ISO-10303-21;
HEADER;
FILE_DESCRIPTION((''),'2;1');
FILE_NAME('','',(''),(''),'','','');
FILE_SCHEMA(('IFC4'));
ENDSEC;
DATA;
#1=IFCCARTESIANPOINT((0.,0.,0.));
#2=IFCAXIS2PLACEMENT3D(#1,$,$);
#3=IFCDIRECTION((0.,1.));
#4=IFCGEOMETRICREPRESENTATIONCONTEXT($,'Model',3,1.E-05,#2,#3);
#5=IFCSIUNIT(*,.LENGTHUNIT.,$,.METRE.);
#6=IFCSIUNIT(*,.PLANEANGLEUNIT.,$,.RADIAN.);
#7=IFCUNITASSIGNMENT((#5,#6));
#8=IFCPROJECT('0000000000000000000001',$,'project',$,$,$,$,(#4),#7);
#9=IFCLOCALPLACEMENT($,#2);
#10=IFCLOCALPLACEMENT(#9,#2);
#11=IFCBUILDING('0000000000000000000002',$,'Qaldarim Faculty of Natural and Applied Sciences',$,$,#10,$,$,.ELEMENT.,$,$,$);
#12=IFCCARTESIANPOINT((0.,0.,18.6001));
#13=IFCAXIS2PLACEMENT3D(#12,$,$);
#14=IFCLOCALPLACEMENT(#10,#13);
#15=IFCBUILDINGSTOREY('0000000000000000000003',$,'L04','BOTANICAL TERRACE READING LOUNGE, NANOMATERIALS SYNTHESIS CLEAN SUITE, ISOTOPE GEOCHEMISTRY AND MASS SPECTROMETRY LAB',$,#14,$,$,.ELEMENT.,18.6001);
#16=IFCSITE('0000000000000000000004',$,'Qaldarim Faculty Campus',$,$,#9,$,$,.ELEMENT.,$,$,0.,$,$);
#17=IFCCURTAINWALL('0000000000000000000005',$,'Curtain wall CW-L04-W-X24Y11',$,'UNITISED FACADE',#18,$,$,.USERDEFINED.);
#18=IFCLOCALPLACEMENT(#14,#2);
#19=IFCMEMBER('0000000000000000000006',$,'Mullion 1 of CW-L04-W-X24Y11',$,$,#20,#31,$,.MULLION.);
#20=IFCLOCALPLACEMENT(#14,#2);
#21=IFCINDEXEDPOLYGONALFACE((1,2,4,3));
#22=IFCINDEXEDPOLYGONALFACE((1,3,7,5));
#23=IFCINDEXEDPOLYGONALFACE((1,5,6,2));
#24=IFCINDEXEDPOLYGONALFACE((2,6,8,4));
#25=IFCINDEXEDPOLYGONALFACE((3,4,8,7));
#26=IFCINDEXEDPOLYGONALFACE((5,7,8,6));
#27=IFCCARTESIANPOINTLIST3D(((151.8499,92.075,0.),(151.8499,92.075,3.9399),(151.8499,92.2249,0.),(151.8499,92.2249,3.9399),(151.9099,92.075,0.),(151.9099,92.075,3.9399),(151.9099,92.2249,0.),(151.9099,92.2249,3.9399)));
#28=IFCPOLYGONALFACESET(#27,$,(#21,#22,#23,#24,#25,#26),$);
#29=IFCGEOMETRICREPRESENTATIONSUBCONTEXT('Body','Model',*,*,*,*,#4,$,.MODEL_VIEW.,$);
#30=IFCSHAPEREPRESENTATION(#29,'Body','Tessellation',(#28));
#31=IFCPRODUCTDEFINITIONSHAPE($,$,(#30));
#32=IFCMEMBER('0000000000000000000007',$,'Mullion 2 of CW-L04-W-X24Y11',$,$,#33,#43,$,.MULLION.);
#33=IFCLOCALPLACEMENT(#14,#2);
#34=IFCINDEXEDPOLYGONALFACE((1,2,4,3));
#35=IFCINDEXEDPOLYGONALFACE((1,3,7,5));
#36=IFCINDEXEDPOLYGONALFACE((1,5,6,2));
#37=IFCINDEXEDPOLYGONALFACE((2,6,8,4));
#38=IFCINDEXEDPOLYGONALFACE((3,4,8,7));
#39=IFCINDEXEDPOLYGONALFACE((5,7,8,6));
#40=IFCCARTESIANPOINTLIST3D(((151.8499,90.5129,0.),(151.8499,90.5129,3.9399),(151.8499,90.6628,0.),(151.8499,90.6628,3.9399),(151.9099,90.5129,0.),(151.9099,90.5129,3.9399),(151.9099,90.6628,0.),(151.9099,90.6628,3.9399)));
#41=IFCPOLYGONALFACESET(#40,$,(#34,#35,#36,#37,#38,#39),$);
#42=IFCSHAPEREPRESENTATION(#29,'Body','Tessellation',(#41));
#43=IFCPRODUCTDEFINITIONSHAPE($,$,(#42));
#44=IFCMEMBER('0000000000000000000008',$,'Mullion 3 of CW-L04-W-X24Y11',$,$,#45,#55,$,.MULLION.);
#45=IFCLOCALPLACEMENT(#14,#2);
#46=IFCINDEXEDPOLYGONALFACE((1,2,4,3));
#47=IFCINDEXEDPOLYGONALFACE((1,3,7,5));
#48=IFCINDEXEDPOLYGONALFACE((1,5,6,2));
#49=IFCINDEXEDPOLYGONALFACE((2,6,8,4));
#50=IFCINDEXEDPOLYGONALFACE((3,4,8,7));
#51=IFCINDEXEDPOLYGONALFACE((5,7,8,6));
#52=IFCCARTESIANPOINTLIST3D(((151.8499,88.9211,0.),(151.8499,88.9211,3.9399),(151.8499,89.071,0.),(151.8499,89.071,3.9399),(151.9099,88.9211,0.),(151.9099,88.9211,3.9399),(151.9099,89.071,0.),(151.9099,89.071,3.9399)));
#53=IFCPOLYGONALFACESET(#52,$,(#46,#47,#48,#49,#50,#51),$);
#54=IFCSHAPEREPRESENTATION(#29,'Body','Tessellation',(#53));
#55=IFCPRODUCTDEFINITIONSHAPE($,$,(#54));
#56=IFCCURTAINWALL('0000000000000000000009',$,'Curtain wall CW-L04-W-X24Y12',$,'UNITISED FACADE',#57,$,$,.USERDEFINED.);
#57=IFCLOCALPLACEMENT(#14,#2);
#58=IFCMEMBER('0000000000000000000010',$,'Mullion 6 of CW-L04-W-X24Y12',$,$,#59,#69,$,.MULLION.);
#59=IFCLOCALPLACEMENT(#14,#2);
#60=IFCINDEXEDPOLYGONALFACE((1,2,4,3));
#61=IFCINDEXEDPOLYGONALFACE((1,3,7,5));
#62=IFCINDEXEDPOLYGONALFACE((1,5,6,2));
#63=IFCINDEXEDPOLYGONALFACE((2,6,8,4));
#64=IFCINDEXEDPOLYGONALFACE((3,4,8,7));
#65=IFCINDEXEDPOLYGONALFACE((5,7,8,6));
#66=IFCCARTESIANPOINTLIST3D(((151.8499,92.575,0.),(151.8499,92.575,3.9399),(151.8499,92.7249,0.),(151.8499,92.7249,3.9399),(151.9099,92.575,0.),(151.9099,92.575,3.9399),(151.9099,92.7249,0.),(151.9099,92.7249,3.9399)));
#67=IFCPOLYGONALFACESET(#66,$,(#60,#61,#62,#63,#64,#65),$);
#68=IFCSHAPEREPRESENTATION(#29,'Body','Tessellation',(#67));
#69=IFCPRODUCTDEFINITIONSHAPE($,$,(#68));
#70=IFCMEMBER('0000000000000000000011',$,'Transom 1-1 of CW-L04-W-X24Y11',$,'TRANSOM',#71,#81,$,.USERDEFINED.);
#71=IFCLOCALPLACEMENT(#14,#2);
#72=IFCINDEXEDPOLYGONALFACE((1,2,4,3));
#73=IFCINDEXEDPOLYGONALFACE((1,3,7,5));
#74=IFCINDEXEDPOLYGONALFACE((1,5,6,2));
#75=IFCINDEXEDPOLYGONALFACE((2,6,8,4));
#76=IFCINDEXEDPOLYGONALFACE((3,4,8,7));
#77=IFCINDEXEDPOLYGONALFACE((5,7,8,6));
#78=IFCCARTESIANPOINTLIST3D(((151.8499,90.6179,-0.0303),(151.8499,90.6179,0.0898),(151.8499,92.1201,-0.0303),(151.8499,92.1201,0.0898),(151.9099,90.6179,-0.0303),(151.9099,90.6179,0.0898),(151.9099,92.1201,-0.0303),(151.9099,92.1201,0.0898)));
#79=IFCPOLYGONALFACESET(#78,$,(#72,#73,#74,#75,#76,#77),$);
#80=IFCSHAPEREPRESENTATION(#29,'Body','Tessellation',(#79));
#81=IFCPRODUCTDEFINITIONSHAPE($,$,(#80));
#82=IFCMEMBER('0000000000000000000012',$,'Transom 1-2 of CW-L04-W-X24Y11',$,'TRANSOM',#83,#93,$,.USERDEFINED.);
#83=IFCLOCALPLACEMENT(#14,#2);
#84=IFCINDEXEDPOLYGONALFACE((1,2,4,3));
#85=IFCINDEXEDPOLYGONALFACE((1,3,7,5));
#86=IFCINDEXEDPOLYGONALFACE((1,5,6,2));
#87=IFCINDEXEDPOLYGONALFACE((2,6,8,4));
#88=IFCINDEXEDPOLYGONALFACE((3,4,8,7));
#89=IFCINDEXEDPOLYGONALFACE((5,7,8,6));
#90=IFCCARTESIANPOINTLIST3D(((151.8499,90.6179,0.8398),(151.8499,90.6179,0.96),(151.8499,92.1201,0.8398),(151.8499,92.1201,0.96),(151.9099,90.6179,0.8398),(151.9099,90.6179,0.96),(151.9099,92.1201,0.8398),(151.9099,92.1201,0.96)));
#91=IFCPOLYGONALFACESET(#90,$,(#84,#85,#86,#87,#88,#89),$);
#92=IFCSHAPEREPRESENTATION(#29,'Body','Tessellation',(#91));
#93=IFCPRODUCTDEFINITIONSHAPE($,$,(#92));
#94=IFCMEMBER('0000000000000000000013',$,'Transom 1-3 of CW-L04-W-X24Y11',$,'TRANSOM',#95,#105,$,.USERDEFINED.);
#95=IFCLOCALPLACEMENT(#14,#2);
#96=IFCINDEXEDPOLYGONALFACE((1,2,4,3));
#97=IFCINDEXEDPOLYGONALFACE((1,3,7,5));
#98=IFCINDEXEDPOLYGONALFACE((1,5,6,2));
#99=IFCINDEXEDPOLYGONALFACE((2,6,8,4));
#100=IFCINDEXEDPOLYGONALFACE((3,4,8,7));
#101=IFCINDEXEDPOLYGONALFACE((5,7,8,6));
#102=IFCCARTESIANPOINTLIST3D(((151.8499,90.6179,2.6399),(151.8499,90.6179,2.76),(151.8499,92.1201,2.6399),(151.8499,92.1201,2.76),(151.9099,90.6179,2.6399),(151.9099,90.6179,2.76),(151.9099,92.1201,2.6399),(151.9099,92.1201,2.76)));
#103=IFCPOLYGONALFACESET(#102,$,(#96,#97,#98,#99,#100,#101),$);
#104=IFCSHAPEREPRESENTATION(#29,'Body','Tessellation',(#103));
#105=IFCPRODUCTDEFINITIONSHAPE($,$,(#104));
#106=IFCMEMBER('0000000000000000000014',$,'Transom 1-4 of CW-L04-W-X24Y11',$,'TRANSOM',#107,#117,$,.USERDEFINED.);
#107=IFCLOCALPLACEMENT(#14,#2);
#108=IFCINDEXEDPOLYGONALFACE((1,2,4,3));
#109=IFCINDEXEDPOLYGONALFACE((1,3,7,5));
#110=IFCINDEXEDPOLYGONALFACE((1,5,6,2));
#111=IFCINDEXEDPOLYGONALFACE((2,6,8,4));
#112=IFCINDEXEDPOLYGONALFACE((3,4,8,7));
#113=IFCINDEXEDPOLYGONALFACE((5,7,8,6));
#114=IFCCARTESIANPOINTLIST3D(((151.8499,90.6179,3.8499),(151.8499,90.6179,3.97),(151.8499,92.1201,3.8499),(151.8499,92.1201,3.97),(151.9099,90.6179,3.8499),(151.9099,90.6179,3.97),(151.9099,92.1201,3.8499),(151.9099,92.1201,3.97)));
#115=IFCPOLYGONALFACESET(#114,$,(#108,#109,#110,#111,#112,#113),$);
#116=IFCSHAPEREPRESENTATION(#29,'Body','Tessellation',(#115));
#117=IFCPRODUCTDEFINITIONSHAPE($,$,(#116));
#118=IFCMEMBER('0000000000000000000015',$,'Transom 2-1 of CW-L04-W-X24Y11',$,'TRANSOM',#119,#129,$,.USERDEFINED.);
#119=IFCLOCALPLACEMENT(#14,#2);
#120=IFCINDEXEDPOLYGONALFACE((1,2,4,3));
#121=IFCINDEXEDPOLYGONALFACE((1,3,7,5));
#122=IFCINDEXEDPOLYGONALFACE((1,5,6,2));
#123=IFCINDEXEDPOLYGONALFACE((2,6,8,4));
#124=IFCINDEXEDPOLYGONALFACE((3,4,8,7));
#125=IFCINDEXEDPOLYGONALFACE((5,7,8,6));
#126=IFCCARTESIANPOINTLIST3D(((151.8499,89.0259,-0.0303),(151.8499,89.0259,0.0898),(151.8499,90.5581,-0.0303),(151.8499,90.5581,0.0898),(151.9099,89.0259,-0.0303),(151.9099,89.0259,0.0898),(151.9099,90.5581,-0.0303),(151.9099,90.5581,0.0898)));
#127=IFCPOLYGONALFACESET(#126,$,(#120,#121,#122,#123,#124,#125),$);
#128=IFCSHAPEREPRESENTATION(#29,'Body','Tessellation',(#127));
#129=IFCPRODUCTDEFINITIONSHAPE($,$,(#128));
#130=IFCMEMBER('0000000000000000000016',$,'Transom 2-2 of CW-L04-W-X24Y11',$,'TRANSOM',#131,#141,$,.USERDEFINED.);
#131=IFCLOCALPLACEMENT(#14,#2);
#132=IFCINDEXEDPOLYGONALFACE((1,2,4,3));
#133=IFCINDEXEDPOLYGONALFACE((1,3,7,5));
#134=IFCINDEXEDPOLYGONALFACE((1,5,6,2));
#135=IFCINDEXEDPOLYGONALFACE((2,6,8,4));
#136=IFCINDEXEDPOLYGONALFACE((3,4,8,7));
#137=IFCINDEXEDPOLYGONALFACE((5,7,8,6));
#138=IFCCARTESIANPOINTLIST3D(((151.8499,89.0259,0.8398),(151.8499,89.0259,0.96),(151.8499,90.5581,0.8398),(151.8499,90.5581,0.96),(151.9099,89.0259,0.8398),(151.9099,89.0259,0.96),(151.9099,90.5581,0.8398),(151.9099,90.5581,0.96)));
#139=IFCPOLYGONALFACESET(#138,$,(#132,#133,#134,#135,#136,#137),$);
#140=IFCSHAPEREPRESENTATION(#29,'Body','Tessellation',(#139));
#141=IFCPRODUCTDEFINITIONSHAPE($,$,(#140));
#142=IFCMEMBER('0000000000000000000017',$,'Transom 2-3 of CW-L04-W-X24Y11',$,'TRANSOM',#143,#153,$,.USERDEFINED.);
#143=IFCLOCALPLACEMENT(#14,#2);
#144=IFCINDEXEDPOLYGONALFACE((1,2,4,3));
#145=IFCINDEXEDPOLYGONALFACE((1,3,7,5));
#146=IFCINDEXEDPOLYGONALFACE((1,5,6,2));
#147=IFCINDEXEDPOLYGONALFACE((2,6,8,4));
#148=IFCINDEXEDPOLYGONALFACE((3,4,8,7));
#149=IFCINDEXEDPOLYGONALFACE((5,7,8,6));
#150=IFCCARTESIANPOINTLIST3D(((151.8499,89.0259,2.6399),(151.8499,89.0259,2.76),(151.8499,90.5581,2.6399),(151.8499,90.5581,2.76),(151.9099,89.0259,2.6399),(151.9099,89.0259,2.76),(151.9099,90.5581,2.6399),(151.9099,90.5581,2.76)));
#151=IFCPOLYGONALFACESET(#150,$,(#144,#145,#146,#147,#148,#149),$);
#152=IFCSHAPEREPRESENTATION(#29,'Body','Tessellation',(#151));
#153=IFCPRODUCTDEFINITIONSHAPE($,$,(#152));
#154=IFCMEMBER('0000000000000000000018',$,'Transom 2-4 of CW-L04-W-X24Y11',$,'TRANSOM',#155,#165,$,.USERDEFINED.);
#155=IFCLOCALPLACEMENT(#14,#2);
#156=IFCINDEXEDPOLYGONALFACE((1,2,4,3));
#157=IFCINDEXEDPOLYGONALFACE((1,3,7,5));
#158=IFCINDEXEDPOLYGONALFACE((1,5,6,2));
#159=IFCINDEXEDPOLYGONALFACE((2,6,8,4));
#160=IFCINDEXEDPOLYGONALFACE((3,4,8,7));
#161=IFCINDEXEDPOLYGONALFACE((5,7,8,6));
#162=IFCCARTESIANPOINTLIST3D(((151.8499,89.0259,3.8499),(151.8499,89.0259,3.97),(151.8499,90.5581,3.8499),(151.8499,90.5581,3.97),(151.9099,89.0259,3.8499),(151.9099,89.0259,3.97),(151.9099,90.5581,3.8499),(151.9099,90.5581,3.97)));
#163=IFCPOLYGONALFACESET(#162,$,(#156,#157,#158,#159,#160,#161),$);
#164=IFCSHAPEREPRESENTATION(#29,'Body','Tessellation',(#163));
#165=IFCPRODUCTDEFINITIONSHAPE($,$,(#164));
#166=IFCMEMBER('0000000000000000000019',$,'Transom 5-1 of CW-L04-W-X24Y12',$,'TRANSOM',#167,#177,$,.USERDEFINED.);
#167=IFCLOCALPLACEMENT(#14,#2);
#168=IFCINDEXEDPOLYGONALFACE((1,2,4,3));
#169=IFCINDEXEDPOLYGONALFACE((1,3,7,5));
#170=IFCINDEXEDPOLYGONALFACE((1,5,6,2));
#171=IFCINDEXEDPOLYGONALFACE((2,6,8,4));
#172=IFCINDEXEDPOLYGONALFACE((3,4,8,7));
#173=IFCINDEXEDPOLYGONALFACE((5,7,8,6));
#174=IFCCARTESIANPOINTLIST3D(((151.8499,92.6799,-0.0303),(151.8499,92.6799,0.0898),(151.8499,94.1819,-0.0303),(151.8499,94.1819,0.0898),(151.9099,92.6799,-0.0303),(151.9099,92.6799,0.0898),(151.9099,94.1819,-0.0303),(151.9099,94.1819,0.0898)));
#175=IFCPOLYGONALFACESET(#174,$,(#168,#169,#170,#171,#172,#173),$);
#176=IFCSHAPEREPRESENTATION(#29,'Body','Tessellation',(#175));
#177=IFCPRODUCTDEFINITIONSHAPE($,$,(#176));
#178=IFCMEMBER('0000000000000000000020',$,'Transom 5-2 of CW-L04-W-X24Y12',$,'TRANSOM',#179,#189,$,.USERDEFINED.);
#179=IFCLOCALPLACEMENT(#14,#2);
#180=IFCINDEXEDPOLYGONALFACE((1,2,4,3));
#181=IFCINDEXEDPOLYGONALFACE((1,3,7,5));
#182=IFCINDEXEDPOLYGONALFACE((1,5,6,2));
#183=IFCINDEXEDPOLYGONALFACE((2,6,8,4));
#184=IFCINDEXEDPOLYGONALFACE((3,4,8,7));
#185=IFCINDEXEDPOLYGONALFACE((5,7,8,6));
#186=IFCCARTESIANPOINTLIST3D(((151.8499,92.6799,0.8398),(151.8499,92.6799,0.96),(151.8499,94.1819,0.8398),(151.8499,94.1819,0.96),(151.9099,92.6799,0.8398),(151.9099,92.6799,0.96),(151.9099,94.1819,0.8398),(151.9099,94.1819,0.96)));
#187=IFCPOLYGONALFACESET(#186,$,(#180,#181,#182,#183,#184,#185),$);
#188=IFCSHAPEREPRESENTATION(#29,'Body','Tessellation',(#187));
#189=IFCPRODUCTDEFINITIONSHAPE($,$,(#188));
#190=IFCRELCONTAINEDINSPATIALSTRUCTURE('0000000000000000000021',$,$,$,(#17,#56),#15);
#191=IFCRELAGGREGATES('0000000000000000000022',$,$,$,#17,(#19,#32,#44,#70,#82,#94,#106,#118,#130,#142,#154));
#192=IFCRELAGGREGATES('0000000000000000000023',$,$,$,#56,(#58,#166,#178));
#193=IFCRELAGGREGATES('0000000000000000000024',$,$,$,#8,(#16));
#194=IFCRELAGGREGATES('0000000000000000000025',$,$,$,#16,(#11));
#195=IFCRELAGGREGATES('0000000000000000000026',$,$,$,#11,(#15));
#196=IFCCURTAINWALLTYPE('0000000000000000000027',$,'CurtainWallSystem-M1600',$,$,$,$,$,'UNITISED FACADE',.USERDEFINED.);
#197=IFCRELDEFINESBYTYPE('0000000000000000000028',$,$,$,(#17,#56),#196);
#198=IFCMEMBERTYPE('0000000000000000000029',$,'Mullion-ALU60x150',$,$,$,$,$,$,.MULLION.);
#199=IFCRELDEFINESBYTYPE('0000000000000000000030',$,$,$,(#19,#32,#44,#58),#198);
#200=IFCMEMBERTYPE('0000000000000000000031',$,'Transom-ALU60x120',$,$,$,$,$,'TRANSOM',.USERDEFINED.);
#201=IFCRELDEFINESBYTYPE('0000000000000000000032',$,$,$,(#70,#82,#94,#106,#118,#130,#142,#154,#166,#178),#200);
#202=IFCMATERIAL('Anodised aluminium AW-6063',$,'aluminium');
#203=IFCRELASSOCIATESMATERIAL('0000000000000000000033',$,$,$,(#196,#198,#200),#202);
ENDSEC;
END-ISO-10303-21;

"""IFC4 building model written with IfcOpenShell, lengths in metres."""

from ifc_helpers import new_model, si_unit, direction, frame, origin, origin_2d, place, context, subcontext, project, spatial, rectangle, extrude, material, material_profile, profile_set, type_object, element, aggregate, save


model = new_model("IFC4")

# Units and contexts
model_context = context("Model", 3, precision=1e-05, world=origin(), true_north=direction((0.0, 1.0)))
body_context = subcontext(model_context, "Body", "Model", "MODEL_VIEW")
ifc_project = project(units=[si_unit("LENGTHUNIT", "METRE"), si_unit("PLANEANGLEUNIT", "RADIAN")], contexts=[model_context])

# Site, building, storey
site_placement = place(None, origin())
site = spatial("IfcSite", under=ifc_project, at=site_placement, Name="Qaldarim Faculty Campus", CompositionType="ELEMENT", RefElevation=0.0)
building_placement = place(site_placement, origin())
building = spatial("IfcBuilding", under=site, at=building_placement, Name="Qaldarim Faculty of Natural and Applied Sciences", CompositionType="ELEMENT")
storey_placement = place(building_placement, frame((0.0, 0.0, 18.6001)))
storey = spatial("IfcBuildingStorey", under=building, at=storey_placement, Name="L04", Description="BOTANICAL TERRACE READING LOUNGE, NANOMATERIALS SYNTHESIS CLEAN SUITE, ISOTOPE GEOCHEMISTRY AND MASS SPECTROMETRY LAB", CompositionType="ELEMENT", Elevation=18.6001)

# Curtain wall, members
ifc_material_1 = material(Name="Anodised aluminium AW-6063", Category="aluminium")
curtain_wall_type = type_object("IfcCurtainWallType", Name="CurtainWallSystem-M1600", ElementType="UNITISED FACADE", PredefinedType="USERDEFINED", material=ifc_material_1)
curtain_wall_1_placement = place(storey_placement, origin())
curtain_wall_1 = element("IfcCurtainWall", 1, at=curtain_wall_1_placement, inside=storey, type_object=curtain_wall_type, Name="Curtain wall CW-L04-W-X24Y11", ObjectType="UNITISED FACADE", PredefinedType="USERDEFINED")
ifc_material_profile_1 = material_profile(ifc_material_1, rectangle(XDim=0.0601, YDim=0.1499, at=origin_2d()), Name="ALU-M60x150")
ifc_profile_set_1 = profile_set([ifc_material_profile_1], Name="Anodised aluminium AW-6063")
member_type_1 = type_object("IfcMemberType", Name="Mullion-ALU60x150", PredefinedType="MULLION", material=ifc_profile_set_1)
member_1_placement = place(storey_placement, frame((151.8799, 92.1499, 0.0), z_axis=(0.0, 0.0, 1.0), x_axis=(1.0, 0.0, 0.0)))
member_1 = element("IfcMember", 2, at=member_1_placement, type_object=member_type_1, Name="Mullion 1 of CW-L04-W-X24Y11", PredefinedType="MULLION", context=body_context, shape_type="SweptSolid", body=[
    extrude(rectangle(XDim=0.0601, YDim=0.1499, at=origin_2d()), origin(), (0.0, 0.0, 1.0), 3.9399),
])
member_2_placement = place(storey_placement, frame((151.8799, 90.5879, 0.0), z_axis=(0.0, 0.0, 1.0), x_axis=(1.0, 0.0, 0.0)))
member_2 = element("IfcMember", 3, at=member_2_placement, type_object=member_type_1, Name="Mullion 2 of CW-L04-W-X24Y11", PredefinedType="MULLION", context=body_context, shape_type="SweptSolid", body=[
    extrude(rectangle(XDim=0.0601, YDim=0.1499, at=origin_2d()), origin(), (0.0, 0.0, 1.0), 3.9399),
])
member_3_placement = place(storey_placement, frame((151.8799, 88.9961, 0.0), z_axis=(0.0, 0.0, 1.0), x_axis=(1.0, 0.0, 0.0)))
member_3 = element("IfcMember", 4, at=member_3_placement, type_object=member_type_1, Name="Mullion 3 of CW-L04-W-X24Y11", PredefinedType="MULLION", context=body_context, shape_type="SweptSolid", body=[
    extrude(rectangle(XDim=0.0601, YDim=0.1499, at=origin_2d()), origin(), (0.0, 0.0, 1.0), 3.9399),
])

# Curtain wall, member
curtain_wall_2_placement = place(storey_placement, origin())
curtain_wall_2 = element("IfcCurtainWall", 5, at=curtain_wall_2_placement, inside=storey, type_object=curtain_wall_type, Name="Curtain wall CW-L04-W-X24Y12", ObjectType="UNITISED FACADE", PredefinedType="USERDEFINED")
member_4_placement = place(storey_placement, frame((151.8799, 92.6499, 0.0), z_axis=(0.0, 0.0, 1.0), x_axis=(1.0, 0.0, 0.0)))
member_4 = element("IfcMember", 6, at=member_4_placement, type_object=member_type_1, Name="Mullion 6 of CW-L04-W-X24Y12", PredefinedType="MULLION", context=body_context, shape_type="SweptSolid", body=[
    extrude(rectangle(XDim=0.0601, YDim=0.1499, at=origin_2d()), origin(), (0.0, 0.0, 1.0), 3.9399),
])

# Members
ifc_material_profile_2 = material_profile(ifc_material_1, rectangle(XDim=0.0601, YDim=0.1201, at=origin_2d()), Name="ALU-T60x120")
ifc_profile_set_2 = profile_set([ifc_material_profile_2], Name="Anodised aluminium AW-6063")
member_type_2 = type_object("IfcMemberType", Name="Transom-ALU60x120", ElementType="TRANSOM", PredefinedType="USERDEFINED", material=ifc_profile_set_2)
member_5_placement = place(storey_placement, frame((151.8799, 92.1201, 0.0298), z_axis=(0.0, -1.0, 0.0), x_axis=(1.0, 0.0, 0.0)))
member_5 = element("IfcMember", 7, at=member_5_placement, type_object=member_type_2, Name="Transom 1-1 of CW-L04-W-X24Y11", ObjectType="TRANSOM", PredefinedType="USERDEFINED", context=body_context, shape_type="SweptSolid", body=[
    extrude(rectangle(XDim=0.0601, YDim=0.1201, at=origin_2d()), origin(), (0.0, 0.0, 1.0), 1.5022),
])
member_6_placement = place(storey_placement, frame((151.8799, 92.1201, 0.8999), z_axis=(0.0, -1.0, 0.0), x_axis=(1.0, 0.0, 0.0)))
member_6 = element("IfcMember", 8, at=member_6_placement, type_object=member_type_2, Name="Transom 1-2 of CW-L04-W-X24Y11", ObjectType="TRANSOM", PredefinedType="USERDEFINED", context=body_context, shape_type="SweptSolid", body=[
    extrude(rectangle(XDim=0.0601, YDim=0.1201, at=origin_2d()), origin(), (0.0, 0.0, 1.0), 1.5022),
])
member_7_placement = place(storey_placement, frame((151.8799, 92.1201, 2.7), z_axis=(0.0, -1.0, 0.0), x_axis=(1.0, 0.0, 0.0)))
member_7 = element("IfcMember", 9, at=member_7_placement, type_object=member_type_2, Name="Transom 1-3 of CW-L04-W-X24Y11", ObjectType="TRANSOM", PredefinedType="USERDEFINED", context=body_context, shape_type="SweptSolid", body=[
    extrude(rectangle(XDim=0.0601, YDim=0.1201, at=origin_2d()), origin(), (0.0, 0.0, 1.0), 1.5022),
])
member_8_placement = place(storey_placement, frame((151.8799, 92.1201, 3.9099), z_axis=(0.0, -1.0, 0.0), x_axis=(1.0, 0.0, 0.0)))
member_8 = element("IfcMember", 10, at=member_8_placement, type_object=member_type_2, Name="Transom 1-4 of CW-L04-W-X24Y11", ObjectType="TRANSOM", PredefinedType="USERDEFINED", context=body_context, shape_type="SweptSolid", body=[
    extrude(rectangle(XDim=0.0601, YDim=0.1201, at=origin_2d()), origin(), (0.0, 0.0, 1.0), 1.5022),
])
member_9_placement = place(storey_placement, frame((151.8799, 90.5581, 0.0298), z_axis=(0.0, -1.0, 0.0), x_axis=(1.0, 0.0, 0.0)))
member_9 = element("IfcMember", 11, at=member_9_placement, type_object=member_type_2, Name="Transom 2-1 of CW-L04-W-X24Y11", ObjectType="TRANSOM", PredefinedType="USERDEFINED", context=body_context, shape_type="SweptSolid", body=[
    extrude(rectangle(XDim=0.0601, YDim=0.1201, at=origin_2d()), origin(), (0.0, 0.0, 1.0), 1.5322),
])
member_10_placement = place(storey_placement, frame((151.8799, 90.5581, 0.8999), z_axis=(0.0, -1.0, 0.0), x_axis=(1.0, 0.0, 0.0)))
member_10 = element("IfcMember", 12, at=member_10_placement, type_object=member_type_2, Name="Transom 2-2 of CW-L04-W-X24Y11", ObjectType="TRANSOM", PredefinedType="USERDEFINED", context=body_context, shape_type="SweptSolid", body=[
    extrude(rectangle(XDim=0.0601, YDim=0.1201, at=origin_2d()), origin(), (0.0, 0.0, 1.0), 1.5322),
])
member_11_placement = place(storey_placement, frame((151.8799, 90.5581, 2.7), z_axis=(0.0, -1.0, 0.0), x_axis=(1.0, 0.0, 0.0)))
member_11 = element("IfcMember", 13, at=member_11_placement, type_object=member_type_2, Name="Transom 2-3 of CW-L04-W-X24Y11", ObjectType="TRANSOM", PredefinedType="USERDEFINED", context=body_context, shape_type="SweptSolid", body=[
    extrude(rectangle(XDim=0.0601, YDim=0.1201, at=origin_2d()), origin(), (0.0, 0.0, 1.0), 1.5322),
])
member_12_placement = place(storey_placement, frame((151.8799, 90.5581, 3.9099), z_axis=(0.0, -1.0, 0.0), x_axis=(1.0, 0.0, 0.0)))
member_12 = element("IfcMember", 14, at=member_12_placement, type_object=member_type_2, Name="Transom 2-4 of CW-L04-W-X24Y11", ObjectType="TRANSOM", PredefinedType="USERDEFINED", context=body_context, shape_type="SweptSolid", body=[
    extrude(rectangle(XDim=0.0601, YDim=0.1201, at=origin_2d()), origin(), (0.0, 0.0, 1.0), 1.5322),
])
member_13_placement = place(storey_placement, frame((151.8799, 94.1819, 0.0298), z_axis=(0.0, -1.0, 0.0), x_axis=(1.0, 0.0, 0.0)))
member_13 = element("IfcMember", 15, at=member_13_placement, type_object=member_type_2, Name="Transom 5-1 of CW-L04-W-X24Y12", ObjectType="TRANSOM", PredefinedType="USERDEFINED", context=body_context, shape_type="SweptSolid", body=[
    extrude(rectangle(XDim=0.0601, YDim=0.1201, at=origin_2d()), origin(), (0.0, 0.0, 1.0), 1.502),
])
member_14_placement = place(storey_placement, frame((151.8799, 94.1819, 0.8999), z_axis=(0.0, -1.0, 0.0), x_axis=(1.0, 0.0, 0.0)))
member_14 = element("IfcMember", 16, at=member_14_placement, type_object=member_type_2, Name="Transom 5-2 of CW-L04-W-X24Y12", ObjectType="TRANSOM", PredefinedType="USERDEFINED", context=body_context, shape_type="SweptSolid", body=[
    extrude(rectangle(XDim=0.0601, YDim=0.1201, at=origin_2d()), origin(), (0.0, 0.0, 1.0), 1.502),
])

aggregate(curtain_wall_1, [member_1, member_2, member_3, member_5, member_6, member_7, member_8, member_9, member_10, member_11, member_12])
aggregate(curtain_wall_2, [member_4, member_13, member_14])

save(model, "model.ifc")
